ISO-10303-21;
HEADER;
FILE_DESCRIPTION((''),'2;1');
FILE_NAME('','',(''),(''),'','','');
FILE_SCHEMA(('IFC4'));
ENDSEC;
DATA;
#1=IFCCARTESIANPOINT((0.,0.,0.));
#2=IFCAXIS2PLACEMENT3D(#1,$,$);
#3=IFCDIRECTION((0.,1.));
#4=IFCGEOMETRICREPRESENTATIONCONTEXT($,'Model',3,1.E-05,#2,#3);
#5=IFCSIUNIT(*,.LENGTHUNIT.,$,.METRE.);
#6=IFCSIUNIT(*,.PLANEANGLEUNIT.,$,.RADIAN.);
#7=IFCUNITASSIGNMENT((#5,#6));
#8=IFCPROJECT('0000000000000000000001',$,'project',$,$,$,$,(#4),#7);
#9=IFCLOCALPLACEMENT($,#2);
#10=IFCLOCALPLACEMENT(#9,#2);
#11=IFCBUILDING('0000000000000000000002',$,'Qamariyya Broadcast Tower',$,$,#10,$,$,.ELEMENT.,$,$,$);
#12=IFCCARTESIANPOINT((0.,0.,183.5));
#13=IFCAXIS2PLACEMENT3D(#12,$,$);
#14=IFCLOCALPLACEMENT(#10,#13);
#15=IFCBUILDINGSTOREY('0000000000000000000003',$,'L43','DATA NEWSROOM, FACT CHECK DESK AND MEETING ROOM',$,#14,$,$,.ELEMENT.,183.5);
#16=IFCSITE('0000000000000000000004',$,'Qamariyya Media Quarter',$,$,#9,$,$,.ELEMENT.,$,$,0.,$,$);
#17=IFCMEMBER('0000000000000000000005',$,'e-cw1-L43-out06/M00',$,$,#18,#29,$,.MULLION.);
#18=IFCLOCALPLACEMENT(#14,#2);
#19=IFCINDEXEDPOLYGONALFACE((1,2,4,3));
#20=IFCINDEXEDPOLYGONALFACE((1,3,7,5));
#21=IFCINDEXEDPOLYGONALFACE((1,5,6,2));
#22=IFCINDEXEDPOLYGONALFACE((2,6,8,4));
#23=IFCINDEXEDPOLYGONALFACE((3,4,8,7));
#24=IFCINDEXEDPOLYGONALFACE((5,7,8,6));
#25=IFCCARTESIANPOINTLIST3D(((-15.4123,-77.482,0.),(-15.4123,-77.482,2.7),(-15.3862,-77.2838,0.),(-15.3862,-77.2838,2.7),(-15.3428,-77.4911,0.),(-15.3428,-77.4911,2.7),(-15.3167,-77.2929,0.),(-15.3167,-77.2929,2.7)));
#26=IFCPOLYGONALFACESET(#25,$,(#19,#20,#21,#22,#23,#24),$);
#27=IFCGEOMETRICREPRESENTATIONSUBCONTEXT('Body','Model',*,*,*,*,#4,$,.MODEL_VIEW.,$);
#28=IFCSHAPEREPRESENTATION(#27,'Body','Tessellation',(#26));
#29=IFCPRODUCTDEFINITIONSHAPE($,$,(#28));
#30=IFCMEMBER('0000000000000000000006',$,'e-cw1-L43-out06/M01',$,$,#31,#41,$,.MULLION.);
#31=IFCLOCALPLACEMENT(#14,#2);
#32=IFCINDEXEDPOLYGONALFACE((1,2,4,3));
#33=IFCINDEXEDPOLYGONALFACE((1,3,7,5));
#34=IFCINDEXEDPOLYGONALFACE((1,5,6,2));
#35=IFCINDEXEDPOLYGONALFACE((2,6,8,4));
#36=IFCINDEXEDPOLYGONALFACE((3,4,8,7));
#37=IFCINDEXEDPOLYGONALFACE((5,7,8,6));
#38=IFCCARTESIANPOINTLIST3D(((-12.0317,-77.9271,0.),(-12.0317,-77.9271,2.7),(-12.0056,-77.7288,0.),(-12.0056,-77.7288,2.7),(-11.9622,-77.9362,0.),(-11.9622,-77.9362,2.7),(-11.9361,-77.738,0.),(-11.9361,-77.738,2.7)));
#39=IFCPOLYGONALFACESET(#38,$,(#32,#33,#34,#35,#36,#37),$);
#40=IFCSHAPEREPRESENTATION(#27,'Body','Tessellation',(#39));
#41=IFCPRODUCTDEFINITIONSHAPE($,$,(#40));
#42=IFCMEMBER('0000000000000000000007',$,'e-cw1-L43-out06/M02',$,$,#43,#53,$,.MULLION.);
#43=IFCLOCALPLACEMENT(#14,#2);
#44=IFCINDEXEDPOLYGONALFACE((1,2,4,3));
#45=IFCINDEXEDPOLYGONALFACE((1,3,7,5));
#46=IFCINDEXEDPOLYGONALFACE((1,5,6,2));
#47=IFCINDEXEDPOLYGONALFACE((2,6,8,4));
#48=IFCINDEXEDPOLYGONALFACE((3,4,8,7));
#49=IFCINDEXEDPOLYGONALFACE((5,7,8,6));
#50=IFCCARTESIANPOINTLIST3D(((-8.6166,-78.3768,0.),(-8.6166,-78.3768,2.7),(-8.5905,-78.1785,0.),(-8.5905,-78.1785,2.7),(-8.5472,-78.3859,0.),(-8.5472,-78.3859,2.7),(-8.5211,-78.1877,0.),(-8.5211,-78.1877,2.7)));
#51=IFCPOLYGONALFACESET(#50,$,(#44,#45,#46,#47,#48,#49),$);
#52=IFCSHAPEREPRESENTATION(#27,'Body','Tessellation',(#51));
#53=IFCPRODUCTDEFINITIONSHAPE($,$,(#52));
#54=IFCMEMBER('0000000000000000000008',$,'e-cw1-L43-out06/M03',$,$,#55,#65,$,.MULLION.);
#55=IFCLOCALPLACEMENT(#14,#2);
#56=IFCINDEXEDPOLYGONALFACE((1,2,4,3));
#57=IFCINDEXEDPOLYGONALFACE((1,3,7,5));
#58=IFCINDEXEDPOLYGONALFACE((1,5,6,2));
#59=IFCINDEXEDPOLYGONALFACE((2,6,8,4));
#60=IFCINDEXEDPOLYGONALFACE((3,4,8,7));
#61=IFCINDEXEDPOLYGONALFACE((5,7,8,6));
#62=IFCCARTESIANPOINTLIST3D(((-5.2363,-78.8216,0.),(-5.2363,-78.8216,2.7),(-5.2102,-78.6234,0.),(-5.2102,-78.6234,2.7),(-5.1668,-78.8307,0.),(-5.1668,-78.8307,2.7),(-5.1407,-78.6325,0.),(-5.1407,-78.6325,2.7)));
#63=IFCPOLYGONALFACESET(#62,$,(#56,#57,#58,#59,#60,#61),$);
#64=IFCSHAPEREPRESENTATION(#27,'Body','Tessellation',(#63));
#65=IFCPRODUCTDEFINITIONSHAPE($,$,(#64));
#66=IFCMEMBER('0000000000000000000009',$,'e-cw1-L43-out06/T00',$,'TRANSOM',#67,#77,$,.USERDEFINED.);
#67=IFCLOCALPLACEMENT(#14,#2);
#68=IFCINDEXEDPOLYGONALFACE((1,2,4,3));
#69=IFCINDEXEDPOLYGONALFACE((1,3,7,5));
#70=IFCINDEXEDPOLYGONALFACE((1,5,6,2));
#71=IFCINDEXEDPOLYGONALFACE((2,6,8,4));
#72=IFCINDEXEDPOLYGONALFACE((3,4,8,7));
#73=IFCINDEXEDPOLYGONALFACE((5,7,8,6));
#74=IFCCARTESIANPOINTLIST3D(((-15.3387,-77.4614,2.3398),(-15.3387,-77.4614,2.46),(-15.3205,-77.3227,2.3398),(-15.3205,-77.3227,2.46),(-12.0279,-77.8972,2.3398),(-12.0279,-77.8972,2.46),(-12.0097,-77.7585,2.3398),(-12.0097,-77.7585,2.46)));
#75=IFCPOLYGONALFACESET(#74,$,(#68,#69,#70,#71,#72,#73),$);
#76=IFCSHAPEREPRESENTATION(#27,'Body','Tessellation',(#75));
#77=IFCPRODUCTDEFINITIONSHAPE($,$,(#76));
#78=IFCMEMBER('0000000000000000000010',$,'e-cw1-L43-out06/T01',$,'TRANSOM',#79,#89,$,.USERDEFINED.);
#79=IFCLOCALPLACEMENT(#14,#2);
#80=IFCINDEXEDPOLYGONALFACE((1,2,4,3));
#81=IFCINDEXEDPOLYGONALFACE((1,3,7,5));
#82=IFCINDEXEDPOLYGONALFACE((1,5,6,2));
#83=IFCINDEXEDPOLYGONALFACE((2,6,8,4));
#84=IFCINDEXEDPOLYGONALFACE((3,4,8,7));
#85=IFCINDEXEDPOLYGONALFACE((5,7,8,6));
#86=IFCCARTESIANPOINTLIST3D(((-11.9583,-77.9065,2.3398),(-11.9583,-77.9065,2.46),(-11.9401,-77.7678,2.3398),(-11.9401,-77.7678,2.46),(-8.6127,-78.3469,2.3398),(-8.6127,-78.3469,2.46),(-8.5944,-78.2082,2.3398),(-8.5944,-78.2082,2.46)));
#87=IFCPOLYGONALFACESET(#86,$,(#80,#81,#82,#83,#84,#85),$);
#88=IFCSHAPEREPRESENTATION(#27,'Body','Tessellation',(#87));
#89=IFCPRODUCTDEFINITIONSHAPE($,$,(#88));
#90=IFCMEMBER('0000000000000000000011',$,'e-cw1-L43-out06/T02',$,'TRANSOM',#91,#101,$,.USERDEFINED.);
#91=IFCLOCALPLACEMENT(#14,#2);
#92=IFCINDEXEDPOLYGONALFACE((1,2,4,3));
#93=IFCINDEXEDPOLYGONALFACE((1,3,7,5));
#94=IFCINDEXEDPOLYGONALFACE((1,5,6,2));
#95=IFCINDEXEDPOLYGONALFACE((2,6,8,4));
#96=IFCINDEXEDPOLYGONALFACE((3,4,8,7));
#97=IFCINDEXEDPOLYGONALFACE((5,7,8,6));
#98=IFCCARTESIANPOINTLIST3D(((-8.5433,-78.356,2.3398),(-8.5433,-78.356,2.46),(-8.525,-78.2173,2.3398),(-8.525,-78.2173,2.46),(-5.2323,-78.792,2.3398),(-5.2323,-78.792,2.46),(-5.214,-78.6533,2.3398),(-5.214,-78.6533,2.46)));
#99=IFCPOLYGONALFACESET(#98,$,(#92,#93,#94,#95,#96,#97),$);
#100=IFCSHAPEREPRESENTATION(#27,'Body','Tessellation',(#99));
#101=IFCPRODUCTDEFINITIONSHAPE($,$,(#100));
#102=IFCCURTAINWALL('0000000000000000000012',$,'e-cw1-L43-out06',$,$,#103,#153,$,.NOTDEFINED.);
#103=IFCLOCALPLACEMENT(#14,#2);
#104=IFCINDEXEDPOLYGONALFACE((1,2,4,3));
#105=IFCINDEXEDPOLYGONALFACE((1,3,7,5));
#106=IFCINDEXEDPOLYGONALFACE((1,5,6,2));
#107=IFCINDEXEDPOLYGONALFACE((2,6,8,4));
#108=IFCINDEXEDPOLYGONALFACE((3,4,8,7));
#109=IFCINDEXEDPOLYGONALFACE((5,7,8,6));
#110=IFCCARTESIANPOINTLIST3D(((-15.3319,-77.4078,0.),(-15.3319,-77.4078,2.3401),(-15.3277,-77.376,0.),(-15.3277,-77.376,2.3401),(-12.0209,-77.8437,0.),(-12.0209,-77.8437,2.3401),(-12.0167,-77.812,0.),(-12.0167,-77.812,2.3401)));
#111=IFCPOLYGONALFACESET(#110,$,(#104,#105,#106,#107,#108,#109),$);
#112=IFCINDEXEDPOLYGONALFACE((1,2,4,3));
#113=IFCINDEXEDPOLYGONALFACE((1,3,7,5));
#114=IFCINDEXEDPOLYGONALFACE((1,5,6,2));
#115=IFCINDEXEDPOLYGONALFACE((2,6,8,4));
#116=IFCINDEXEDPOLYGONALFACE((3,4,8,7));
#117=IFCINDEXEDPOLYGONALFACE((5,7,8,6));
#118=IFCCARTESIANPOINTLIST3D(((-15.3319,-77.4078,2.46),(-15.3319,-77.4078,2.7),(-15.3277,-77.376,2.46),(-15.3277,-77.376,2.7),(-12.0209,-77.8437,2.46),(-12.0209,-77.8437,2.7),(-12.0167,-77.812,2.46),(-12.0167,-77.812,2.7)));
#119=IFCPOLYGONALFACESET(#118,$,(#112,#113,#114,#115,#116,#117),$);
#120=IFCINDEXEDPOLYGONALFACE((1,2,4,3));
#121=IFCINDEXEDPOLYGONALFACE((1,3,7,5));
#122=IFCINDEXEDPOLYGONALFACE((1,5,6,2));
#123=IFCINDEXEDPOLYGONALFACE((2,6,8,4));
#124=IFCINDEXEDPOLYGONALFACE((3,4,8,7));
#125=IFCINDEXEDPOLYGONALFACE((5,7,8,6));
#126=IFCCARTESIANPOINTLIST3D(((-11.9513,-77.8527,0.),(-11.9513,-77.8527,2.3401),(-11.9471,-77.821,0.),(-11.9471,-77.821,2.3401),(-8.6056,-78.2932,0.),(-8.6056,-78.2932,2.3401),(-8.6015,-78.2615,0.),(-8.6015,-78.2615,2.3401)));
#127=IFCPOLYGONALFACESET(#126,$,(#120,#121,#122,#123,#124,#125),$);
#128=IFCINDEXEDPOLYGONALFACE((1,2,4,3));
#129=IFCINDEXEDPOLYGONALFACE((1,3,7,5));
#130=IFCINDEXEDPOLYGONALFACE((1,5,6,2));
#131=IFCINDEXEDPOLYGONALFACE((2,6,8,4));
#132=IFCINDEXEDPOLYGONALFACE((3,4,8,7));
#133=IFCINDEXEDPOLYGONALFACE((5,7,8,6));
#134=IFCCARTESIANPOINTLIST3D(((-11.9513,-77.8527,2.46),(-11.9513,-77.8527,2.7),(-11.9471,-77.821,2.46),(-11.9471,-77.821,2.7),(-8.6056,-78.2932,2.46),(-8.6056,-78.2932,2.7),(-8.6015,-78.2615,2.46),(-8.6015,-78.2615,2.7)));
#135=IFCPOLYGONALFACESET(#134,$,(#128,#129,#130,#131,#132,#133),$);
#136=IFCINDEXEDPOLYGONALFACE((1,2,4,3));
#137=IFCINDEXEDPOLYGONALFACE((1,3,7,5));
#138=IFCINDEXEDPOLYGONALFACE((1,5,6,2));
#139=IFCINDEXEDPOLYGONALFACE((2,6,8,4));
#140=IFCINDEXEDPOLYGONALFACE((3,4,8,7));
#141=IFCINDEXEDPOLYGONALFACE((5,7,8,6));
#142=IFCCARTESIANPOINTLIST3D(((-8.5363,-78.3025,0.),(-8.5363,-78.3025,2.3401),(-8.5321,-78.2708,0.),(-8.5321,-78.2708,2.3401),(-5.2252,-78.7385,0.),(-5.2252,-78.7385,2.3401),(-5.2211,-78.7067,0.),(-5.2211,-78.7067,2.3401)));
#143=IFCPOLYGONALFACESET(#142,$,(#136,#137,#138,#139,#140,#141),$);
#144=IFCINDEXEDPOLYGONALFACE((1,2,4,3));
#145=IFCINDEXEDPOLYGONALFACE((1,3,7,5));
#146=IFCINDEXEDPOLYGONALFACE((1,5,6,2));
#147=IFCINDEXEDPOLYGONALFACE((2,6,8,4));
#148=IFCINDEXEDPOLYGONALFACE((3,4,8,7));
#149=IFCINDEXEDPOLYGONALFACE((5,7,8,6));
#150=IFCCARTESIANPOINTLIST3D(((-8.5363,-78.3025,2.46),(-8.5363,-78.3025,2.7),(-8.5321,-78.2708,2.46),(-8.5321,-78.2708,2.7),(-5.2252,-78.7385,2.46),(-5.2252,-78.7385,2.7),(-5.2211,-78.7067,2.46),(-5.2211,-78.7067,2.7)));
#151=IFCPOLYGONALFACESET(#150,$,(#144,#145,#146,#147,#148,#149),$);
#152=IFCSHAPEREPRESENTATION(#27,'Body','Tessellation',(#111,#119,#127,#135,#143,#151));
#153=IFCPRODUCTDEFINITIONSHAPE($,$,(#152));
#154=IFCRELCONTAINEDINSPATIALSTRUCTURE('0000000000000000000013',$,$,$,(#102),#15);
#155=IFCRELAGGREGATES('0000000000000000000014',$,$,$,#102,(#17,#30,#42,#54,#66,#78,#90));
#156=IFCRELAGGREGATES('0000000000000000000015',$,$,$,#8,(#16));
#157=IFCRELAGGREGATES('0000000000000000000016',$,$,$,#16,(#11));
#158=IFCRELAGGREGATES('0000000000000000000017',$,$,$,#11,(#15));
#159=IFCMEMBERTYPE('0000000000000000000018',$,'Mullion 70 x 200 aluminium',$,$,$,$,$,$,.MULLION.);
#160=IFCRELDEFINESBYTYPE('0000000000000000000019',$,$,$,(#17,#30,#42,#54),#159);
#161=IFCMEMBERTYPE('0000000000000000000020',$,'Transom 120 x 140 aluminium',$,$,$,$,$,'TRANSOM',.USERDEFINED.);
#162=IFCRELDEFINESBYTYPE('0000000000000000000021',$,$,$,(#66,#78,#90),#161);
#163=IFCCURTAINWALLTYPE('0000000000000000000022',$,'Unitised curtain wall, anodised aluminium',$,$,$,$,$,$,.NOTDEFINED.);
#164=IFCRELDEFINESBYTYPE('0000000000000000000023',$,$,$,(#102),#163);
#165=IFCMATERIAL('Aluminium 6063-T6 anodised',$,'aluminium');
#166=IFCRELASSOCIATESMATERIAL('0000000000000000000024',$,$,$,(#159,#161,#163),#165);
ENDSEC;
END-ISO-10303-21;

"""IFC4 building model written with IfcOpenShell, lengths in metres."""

from ifc_helpers import new_model, si_unit, direction, frame, origin, origin_2d, place, context, subcontext, project, spatial, rectangle, extrude, material, material_profile, profile_set, type_object, element, aggregate, save


model = new_model("IFC4")

# Units and contexts
model_context = context("Model", 3, precision=1e-05, world=origin(), true_north=direction((0.0, 1.0)))
body_context = subcontext(model_context, "Body", "Model", "MODEL_VIEW")
ifc_project = project(units=[si_unit("LENGTHUNIT", "METRE"), si_unit("PLANEANGLEUNIT", "RADIAN")], contexts=[model_context])

# Members
ifc_material = material(Name="Aluminium 6063-T6 anodised", Category="aluminium")
ifc_material_profile_1 = material_profile(ifc_material, rectangle(XDim=0.2, YDim=0.0701, at=origin_2d()))
ifc_profile_set_1 = profile_set([ifc_material_profile_1], Name="Aluminium 6063-T6 anodised")
member_type_1 = type_object("IfcMemberType", Name="Mullion 70 x 200 aluminium", PredefinedType="MULLION", material=ifc_profile_set_1)
site_placement = place(None, origin())
building_placement = place(site_placement, origin())
storey_placement = place(building_placement, frame((0.0, 0.0, 183.5)))
member_1_placement = place(storey_placement, frame((-15.3645, -77.3875, 0.0), z_axis=(0.0, 0.0, 1.0), x_axis=(0.130526, 0.991445, 0.0)))
member_1 = element("IfcMember", 1, at=member_1_placement, type_object=member_type_1, Name="e-cw1-L43-out06/M00", PredefinedType="MULLION", context=body_context, shape_type="SweptSolid", body=[
    extrude(rectangle(XDim=0.2, YDim=0.0701, at=origin_2d()), origin(), (0.0, 0.0, 1.0), 2.7),
])
member_2_placement = place(storey_placement, frame((-11.9839, -77.8325, 0.0), z_axis=(0.0, 0.0, 1.0), x_axis=(0.130526, 0.991445, 0.0)))
member_2 = element("IfcMember", 2, at=member_2_placement, type_object=member_type_1, Name="e-cw1-L43-out06/M01", PredefinedType="MULLION", context=body_context, shape_type="SweptSolid", body=[
    extrude(rectangle(XDim=0.2, YDim=0.0701, at=origin_2d()), origin(), (0.0, 0.0, 1.0), 2.7),
])
member_3_placement = place(storey_placement, frame((-8.5688, -78.2822, 0.0), z_axis=(0.0, 0.0, 1.0), x_axis=(0.130526, 0.991445, 0.0)))
member_3 = element("IfcMember", 3, at=member_3_placement, type_object=member_type_1, Name="e-cw1-L43-out06/M02", PredefinedType="MULLION", context=body_context, shape_type="SweptSolid", body=[
    extrude(rectangle(XDim=0.2, YDim=0.0701, at=origin_2d()), origin(), (0.0, 0.0, 1.0), 2.7),
])
member_4_placement = place(storey_placement, frame((-5.1885, -78.7271, 0.0), z_axis=(0.0, 0.0, 1.0), x_axis=(0.130526, 0.991445, 0.0)))
member_4 = element("IfcMember", 4, at=member_4_placement, type_object=member_type_1, Name="e-cw1-L43-out06/M03", PredefinedType="MULLION", context=body_context, shape_type="SweptSolid", body=[
    extrude(rectangle(XDim=0.2, YDim=0.0701, at=origin_2d()), origin(), (0.0, 0.0, 1.0), 2.7),
])
ifc_material_profile_2 = material_profile(ifc_material, rectangle(XDim=0.1399, YDim=0.1201, at=origin_2d()))
ifc_profile_set_2 = profile_set([ifc_material_profile_2], Name="Aluminium 6063-T6 anodised")
member_type_2 = type_object("IfcMemberType", Name="Transom 120 x 140 aluminium", ElementType="TRANSOM", PredefinedType="USERDEFINED", material=ifc_profile_set_2)
member_5_placement = place(storey_placement, frame((-15.3296, -77.3921, 2.3999), z_axis=(0.991448, -0.130502, 0.0), x_axis=(0.130502, 0.991448, 0.0)))
member_5 = element("IfcMember", 5, at=member_5_placement, type_object=member_type_2, Name="e-cw1-L43-out06/T00", ObjectType="TRANSOM", PredefinedType="USERDEFINED", context=body_context, shape_type="SweptSolid", body=[
    extrude(rectangle(XDim=0.1399, YDim=0.1201, at=origin_2d()), origin(), (0.0, 0.0, 1.0), 3.3394),
])
member_6_placement = place(storey_placement, frame((-11.9492, -77.8372, 2.3999), z_axis=(0.991446, -0.130514, 0.0), x_axis=(0.130514, 0.991446, 0.0)))
member_6 = element("IfcMember", 6, at=member_6_placement, type_object=member_type_2, Name="e-cw1-L43-out06/T01", ObjectType="TRANSOM", PredefinedType="USERDEFINED", context=body_context, shape_type="SweptSolid", body=[
    extrude(rectangle(XDim=0.1399, YDim=0.1201, at=origin_2d()), origin(), (0.0, 0.0, 1.0), 3.3745),
])
member_7_placement = place(storey_placement, frame((-8.5342, -78.2866, 2.3999), z_axis=(0.99144, -0.130564, 0.0), x_axis=(0.130564, 0.99144, 0.0)))
member_7 = element("IfcMember", 7, at=member_7_placement, type_object=member_type_2, Name="e-cw1-L43-out06/T02", ObjectType="TRANSOM", PredefinedType="USERDEFINED", context=body_context, shape_type="SweptSolid", body=[
    extrude(rectangle(XDim=0.1399, YDim=0.1201, at=origin_2d()), origin(), (0.0, 0.0, 1.0), 3.3396),
])

# Site, building, storey
site = spatial("IfcSite", under=ifc_project, at=site_placement, Name="Qamariyya Media Quarter", CompositionType="ELEMENT", RefElevation=0.0)
building = spatial("IfcBuilding", under=site, at=building_placement, Name="Qamariyya Broadcast Tower", CompositionType="ELEMENT")
storey = spatial("IfcBuildingStorey", under=building, at=storey_placement, Name="L43", Description="DATA NEWSROOM, FACT CHECK DESK AND MEETING ROOM", CompositionType="ELEMENT", Elevation=183.5)

# Curtain wall
curtain_wall_type = type_object("IfcCurtainWallType", Name="Unitised curtain wall, anodised aluminium", PredefinedType="NOTDEFINED", material=ifc_material)
curtain_wall_1_placement = place(storey_placement, origin())
curtain_wall_1 = element("IfcCurtainWall", 8, at=curtain_wall_1_placement, inside=storey, type_object=curtain_wall_type, Name="e-cw1-L43-out06", PredefinedType="NOTDEFINED", context=body_context, shape_type="SweptSolid", body=[
    extrude(rectangle(XDim=3.3396, YDim=0.032, at=origin_2d()), frame((-13.6743, -77.6099, 0.0), x_axis=(0.991444, -0.130531, 0.0)), (0.0, 0.0, 1.0), 2.3401),
    extrude(rectangle(XDim=3.3396, YDim=0.032, at=origin_2d()), frame((-13.6743, -77.6099, 2.46), x_axis=(0.991444, -0.130531, 0.0)), (0.0, 0.0, 1.0), 0.24),
    extrude(rectangle(XDim=3.3745, YDim=0.032, at=origin_2d()), frame((-10.2764, -78.0571, 0.0), x_axis=(0.991444, -0.130531, 0.0)), (0.0, 0.0, 1.0), 2.3401),
    extrude(rectangle(XDim=3.3745, YDim=0.032, at=origin_2d()), frame((-10.2764, -78.0571, 2.46), x_axis=(0.991444, -0.130531, 0.0)), (0.0, 0.0, 1.0), 0.24),
    extrude(rectangle(XDim=3.3396, YDim=0.032, at=origin_2d()), frame((-6.8787, -78.5046, 0.0), x_axis=(0.991444, -0.130531, 0.0)), (0.0, 0.0, 1.0), 2.3401),
    extrude(rectangle(XDim=3.3396, YDim=0.032, at=origin_2d()), frame((-6.8787, -78.5046, 2.46), x_axis=(0.991444, -0.130531, 0.0)), (0.0, 0.0, 1.0), 0.24),
])
aggregate(curtain_wall_1, [member_1, member_2, member_3, member_4, member_5, member_6, member_7])

save(model, "model.ifc")
